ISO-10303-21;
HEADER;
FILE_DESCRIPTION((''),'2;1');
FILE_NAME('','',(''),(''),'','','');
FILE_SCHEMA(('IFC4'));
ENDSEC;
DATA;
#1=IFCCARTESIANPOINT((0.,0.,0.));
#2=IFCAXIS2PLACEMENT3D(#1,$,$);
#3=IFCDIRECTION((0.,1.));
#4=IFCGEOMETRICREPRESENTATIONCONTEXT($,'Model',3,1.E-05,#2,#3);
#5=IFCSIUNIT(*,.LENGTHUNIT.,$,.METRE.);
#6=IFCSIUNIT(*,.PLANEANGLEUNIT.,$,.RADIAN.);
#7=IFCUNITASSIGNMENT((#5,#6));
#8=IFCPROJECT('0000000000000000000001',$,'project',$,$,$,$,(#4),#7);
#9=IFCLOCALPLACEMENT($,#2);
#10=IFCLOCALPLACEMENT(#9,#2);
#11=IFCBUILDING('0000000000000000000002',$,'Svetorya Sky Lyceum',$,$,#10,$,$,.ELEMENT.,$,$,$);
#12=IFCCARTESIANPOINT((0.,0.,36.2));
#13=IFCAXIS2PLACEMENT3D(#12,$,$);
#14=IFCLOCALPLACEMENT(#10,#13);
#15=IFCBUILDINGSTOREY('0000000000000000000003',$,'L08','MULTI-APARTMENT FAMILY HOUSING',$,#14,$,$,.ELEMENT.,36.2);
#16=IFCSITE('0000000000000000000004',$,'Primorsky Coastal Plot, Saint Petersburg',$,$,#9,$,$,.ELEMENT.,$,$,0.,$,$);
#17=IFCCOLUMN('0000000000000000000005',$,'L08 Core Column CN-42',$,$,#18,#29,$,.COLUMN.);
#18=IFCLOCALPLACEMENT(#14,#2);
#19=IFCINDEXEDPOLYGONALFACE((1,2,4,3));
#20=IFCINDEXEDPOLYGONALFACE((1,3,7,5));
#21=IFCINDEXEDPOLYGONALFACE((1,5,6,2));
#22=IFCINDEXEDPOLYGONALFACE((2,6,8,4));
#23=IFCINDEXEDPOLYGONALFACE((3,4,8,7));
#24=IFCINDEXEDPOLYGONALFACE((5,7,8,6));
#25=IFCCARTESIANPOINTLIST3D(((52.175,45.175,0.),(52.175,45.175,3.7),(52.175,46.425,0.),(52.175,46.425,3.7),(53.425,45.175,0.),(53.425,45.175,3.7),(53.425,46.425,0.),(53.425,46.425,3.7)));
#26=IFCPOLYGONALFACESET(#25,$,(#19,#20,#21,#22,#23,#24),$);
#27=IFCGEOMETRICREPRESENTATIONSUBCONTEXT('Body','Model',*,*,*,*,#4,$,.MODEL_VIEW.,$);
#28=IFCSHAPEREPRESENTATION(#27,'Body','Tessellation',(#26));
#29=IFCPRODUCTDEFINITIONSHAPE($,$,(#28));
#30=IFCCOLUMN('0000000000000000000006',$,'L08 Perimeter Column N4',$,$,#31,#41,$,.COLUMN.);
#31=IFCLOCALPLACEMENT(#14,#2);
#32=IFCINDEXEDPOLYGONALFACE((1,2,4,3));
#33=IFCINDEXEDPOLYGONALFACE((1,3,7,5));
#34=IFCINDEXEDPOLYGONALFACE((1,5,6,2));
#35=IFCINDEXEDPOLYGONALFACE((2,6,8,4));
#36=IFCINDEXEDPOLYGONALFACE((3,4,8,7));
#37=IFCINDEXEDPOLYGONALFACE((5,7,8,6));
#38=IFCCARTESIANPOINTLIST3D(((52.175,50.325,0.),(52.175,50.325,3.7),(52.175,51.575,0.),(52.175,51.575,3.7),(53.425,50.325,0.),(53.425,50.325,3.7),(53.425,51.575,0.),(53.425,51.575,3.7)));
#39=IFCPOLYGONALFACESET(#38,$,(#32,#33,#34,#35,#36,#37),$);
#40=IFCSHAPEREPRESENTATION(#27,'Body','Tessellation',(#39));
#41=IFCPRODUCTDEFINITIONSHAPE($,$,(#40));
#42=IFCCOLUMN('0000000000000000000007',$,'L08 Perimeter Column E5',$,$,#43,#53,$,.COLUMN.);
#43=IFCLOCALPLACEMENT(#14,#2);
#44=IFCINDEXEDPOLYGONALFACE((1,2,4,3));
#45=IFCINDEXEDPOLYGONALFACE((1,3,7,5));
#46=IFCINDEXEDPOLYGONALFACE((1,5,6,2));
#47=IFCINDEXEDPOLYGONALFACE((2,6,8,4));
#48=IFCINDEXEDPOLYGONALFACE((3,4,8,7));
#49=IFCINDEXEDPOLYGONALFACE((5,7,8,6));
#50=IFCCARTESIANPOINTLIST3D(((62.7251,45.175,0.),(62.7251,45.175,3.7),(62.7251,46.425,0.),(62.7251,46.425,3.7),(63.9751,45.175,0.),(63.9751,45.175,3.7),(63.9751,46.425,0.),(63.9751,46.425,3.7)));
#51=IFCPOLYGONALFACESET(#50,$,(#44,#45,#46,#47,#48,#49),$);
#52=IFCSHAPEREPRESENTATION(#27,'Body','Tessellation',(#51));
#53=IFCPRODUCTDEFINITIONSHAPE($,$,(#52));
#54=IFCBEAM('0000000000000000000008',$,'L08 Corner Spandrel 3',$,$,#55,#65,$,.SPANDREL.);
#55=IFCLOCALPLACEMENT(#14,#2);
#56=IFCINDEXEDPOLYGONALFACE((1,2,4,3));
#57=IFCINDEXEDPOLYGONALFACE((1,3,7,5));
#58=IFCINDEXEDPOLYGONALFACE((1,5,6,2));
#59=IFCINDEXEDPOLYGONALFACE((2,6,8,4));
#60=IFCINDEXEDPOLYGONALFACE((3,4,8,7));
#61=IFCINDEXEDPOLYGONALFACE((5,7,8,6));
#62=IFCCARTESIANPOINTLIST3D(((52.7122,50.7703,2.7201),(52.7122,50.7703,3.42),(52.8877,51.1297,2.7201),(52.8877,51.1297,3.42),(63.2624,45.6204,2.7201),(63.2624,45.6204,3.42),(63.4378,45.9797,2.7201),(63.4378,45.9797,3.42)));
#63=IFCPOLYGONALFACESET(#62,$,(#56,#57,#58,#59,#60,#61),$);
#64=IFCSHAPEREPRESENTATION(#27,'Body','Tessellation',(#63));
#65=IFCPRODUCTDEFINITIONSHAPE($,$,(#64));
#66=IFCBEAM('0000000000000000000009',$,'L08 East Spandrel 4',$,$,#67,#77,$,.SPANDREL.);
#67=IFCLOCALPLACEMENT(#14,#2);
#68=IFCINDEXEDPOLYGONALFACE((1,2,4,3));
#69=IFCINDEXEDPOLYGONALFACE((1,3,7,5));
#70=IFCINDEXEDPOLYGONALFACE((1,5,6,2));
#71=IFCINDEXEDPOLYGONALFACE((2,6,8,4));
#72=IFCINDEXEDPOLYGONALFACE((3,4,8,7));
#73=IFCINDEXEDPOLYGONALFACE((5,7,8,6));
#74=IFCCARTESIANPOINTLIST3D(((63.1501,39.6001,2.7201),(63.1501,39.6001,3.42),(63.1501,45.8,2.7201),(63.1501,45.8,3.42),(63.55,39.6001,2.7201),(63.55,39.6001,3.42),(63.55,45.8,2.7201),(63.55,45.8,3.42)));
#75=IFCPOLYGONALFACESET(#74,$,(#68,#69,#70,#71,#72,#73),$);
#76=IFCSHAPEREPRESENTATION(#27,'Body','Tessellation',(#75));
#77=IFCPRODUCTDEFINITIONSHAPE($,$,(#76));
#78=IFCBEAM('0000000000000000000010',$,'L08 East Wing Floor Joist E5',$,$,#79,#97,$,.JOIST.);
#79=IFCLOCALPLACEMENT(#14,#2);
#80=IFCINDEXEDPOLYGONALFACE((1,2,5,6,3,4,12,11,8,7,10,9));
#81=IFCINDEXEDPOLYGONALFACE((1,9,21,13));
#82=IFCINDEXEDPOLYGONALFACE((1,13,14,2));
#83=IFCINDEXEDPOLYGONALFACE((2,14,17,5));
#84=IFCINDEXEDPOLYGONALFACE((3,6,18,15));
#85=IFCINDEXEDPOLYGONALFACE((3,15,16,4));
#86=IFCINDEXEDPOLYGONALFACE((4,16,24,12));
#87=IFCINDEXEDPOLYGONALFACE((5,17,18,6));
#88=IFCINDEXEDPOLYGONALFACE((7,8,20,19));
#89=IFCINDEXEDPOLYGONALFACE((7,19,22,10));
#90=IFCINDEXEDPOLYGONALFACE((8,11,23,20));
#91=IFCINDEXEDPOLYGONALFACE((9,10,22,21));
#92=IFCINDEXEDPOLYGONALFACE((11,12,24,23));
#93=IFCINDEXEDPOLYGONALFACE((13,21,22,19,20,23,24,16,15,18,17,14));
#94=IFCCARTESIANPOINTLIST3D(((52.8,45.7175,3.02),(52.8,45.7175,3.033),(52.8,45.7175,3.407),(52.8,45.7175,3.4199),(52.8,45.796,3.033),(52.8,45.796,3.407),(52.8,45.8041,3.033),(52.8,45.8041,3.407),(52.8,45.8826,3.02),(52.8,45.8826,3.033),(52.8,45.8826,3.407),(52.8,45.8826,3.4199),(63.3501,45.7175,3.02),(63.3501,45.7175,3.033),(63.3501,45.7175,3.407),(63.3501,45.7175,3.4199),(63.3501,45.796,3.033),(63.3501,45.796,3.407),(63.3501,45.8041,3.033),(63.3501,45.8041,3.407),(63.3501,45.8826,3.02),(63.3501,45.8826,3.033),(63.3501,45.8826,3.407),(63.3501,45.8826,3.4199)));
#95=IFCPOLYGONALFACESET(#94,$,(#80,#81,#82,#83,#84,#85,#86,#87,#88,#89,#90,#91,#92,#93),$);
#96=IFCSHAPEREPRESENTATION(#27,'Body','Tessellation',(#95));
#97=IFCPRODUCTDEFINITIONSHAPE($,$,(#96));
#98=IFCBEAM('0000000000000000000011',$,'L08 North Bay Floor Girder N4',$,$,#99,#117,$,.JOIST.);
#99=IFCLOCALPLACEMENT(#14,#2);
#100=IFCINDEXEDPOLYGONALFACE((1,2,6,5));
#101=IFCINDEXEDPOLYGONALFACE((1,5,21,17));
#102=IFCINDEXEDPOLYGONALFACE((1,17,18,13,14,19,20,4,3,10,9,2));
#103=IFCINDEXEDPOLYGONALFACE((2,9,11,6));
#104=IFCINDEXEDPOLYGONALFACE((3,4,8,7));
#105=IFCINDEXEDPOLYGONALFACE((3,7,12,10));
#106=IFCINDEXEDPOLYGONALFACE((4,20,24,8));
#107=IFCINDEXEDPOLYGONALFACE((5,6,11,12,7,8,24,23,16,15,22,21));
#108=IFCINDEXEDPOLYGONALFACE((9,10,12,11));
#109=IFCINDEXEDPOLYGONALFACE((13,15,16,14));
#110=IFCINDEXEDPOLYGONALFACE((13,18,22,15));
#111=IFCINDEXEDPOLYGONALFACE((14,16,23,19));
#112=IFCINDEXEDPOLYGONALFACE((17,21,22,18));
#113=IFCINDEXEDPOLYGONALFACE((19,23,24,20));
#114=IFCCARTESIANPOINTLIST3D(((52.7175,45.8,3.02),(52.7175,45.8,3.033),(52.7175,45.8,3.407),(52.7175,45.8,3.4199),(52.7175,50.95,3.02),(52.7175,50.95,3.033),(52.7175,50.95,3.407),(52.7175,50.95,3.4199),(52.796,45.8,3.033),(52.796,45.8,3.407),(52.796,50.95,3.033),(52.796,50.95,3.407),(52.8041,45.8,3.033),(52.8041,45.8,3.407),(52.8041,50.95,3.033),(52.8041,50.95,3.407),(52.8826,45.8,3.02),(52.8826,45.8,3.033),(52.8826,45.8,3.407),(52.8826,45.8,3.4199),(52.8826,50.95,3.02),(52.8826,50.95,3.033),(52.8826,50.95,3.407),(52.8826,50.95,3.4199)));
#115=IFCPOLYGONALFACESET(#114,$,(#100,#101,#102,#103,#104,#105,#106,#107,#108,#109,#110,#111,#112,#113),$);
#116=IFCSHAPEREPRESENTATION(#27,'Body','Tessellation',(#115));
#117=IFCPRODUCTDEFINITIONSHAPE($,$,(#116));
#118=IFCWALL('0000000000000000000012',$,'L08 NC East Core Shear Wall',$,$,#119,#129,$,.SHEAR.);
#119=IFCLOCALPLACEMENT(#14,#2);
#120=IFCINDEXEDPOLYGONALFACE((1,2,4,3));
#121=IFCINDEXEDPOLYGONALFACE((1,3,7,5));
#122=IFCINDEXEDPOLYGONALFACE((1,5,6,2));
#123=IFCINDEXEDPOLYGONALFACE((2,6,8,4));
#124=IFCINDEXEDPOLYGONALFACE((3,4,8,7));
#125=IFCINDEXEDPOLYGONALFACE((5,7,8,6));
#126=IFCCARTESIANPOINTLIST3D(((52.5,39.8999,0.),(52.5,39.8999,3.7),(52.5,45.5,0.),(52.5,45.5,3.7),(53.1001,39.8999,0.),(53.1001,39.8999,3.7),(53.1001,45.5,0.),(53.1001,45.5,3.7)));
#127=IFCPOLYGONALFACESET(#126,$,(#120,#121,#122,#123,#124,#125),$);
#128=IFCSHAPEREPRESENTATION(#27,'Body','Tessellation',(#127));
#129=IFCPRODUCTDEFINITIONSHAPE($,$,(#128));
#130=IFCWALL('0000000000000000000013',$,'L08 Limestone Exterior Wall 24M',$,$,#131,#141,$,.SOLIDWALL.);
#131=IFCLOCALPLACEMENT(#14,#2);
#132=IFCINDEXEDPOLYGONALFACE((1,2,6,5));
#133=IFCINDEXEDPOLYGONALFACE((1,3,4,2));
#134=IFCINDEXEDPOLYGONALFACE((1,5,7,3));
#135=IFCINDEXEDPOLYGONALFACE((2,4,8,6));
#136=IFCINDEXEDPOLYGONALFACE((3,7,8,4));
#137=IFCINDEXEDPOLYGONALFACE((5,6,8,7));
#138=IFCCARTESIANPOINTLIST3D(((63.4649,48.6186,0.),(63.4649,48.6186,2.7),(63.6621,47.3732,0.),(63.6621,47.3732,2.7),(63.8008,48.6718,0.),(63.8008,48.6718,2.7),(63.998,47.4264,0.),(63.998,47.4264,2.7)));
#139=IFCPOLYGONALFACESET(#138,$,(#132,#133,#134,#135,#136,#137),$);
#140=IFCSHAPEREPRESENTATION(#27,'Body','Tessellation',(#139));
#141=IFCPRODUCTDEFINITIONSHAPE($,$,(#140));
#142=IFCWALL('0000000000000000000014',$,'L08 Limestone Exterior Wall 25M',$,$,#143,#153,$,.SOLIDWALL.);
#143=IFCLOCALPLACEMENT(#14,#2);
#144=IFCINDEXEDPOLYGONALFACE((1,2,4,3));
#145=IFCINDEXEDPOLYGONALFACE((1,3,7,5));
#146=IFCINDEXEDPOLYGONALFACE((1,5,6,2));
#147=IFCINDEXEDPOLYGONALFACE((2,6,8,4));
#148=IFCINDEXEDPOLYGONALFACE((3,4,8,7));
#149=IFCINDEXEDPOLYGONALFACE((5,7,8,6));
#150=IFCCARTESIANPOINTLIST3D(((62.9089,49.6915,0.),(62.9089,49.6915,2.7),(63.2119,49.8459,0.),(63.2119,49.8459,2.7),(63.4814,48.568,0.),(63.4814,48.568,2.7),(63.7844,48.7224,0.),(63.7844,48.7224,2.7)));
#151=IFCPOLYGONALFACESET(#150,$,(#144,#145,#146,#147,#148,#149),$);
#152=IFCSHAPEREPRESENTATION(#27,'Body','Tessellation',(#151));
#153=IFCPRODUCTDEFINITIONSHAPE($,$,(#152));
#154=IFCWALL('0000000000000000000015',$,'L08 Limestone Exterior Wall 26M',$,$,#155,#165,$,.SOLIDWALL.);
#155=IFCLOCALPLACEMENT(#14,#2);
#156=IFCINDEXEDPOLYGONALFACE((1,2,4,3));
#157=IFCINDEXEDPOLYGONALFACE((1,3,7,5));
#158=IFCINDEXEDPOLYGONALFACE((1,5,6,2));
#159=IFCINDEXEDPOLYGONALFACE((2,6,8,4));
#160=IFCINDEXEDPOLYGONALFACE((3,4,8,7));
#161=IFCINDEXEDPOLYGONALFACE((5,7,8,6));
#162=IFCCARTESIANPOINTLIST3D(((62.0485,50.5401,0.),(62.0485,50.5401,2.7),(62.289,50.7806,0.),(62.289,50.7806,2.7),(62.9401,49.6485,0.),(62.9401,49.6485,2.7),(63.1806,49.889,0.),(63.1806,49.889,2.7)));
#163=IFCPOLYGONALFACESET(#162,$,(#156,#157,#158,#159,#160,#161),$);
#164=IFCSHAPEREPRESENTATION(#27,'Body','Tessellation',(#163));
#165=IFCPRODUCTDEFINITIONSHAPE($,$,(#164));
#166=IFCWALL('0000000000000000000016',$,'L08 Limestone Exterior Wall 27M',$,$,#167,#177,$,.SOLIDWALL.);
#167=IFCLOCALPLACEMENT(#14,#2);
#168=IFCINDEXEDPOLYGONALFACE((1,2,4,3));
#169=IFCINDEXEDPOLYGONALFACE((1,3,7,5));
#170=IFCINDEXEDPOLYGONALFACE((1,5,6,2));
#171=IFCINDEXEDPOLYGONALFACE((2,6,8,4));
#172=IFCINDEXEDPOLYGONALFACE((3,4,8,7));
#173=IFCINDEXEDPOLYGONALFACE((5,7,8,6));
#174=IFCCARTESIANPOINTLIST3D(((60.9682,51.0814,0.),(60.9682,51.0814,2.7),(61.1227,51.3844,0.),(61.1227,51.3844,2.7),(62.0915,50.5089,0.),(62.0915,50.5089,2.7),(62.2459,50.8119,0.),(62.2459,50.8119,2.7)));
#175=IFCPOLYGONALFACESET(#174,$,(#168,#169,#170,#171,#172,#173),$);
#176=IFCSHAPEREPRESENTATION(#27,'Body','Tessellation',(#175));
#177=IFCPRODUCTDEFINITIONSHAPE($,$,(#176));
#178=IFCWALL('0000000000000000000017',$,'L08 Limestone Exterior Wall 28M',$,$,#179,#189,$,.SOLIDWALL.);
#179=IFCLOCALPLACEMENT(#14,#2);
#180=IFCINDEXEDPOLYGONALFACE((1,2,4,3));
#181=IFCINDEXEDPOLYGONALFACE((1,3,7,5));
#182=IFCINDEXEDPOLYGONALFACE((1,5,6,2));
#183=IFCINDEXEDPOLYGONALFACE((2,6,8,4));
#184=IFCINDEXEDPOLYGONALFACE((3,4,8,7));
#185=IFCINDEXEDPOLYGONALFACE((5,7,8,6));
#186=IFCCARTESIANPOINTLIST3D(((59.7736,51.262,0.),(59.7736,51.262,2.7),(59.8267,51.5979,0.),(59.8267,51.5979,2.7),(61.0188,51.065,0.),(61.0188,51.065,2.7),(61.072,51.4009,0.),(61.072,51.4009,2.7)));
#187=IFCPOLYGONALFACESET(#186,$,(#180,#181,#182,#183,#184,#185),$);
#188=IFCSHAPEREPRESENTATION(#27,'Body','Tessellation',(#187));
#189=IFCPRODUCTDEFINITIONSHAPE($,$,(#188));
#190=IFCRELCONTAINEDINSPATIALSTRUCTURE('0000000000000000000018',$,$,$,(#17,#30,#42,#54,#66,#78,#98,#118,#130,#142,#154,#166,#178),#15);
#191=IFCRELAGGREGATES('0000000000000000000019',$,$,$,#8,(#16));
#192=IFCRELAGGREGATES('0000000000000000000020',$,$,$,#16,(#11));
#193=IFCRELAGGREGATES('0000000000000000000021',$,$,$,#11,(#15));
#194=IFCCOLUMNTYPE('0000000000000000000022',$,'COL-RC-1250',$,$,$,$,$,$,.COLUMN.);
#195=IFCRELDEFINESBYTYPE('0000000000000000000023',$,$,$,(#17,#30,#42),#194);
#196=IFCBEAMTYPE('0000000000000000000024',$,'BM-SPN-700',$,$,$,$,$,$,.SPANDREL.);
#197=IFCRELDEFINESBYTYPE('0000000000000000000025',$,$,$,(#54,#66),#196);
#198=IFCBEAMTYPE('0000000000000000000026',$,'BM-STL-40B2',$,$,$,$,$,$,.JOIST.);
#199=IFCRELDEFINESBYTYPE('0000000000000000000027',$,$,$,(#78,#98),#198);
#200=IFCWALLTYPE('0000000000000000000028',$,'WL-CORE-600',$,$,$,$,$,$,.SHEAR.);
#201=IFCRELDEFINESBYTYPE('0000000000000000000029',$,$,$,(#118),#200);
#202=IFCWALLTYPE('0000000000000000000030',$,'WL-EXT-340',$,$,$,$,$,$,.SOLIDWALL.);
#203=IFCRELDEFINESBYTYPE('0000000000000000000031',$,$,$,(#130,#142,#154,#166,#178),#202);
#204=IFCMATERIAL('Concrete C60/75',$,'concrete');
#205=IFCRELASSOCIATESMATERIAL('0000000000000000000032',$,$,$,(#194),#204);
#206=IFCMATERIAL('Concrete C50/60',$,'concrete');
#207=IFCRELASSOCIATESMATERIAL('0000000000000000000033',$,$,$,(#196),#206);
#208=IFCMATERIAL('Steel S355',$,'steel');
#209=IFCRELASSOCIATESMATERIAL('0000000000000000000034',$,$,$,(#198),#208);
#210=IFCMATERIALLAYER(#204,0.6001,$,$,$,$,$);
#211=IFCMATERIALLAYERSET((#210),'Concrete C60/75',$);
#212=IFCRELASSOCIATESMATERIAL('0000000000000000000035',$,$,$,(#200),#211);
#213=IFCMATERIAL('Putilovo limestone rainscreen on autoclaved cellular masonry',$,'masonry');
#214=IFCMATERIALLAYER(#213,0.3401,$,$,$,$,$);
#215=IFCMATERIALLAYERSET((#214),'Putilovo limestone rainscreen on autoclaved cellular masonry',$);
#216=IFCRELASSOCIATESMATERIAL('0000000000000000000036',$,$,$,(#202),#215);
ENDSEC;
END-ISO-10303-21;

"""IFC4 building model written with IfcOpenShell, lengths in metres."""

from ifc_helpers import new_model, si_unit, direction, frame, frame_2d, origin, origin_2d, place, context, subcontext, project, spatial, rectangle, i_section, extrude, material, layer, layer_set, material_profile, profile_set, type_object, element, save


model = new_model("IFC4")

# Units and contexts
model_context = context("Model", 3, precision=1e-05, world=origin(), true_north=direction((0.0, 1.0)))
body_context = subcontext(model_context, "Body", "Model", "MODEL_VIEW")
ifc_project = project(units=[si_unit("LENGTHUNIT", "METRE"), si_unit("PLANEANGLEUNIT", "RADIAN")], contexts=[model_context])

# Site, building, storey
site_placement = place(None, origin())
site = spatial("IfcSite", under=ifc_project, at=site_placement, Name="Primorsky Coastal Plot, Saint Petersburg", CompositionType="ELEMENT", RefElevation=0.0)
building_placement = place(site_placement, origin())
building = spatial("IfcBuilding", under=site, at=building_placement, Name="Svetorya Sky Lyceum", CompositionType="ELEMENT")
storey_placement = place(building_placement, frame((0.0, 0.0, 36.2)))
storey = spatial("IfcBuildingStorey", under=building, at=storey_placement, Name="L08", Description="MULTI-APARTMENT FAMILY HOUSING", CompositionType="ELEMENT", Elevation=36.2)

# Columns
ifc_material_1 = material(Name="Concrete C60/75", Category="concrete")
ifc_material_profile_1 = material_profile(ifc_material_1, rectangle(XDim=1.25, YDim=1.25, at=origin_2d()), Name="RC COL 1250x1250")
ifc_profile_set_1 = profile_set([ifc_material_profile_1], Name="Concrete C60/75")
column_type = type_object("IfcColumnType", Name="COL-RC-1250", PredefinedType="COLUMN", material=ifc_profile_set_1)
for number, where, z_axis, x_axis, name in (
    (1, (52.8, 45.8, 0.0), (0.0, 0.0, 1.0), (1.0, 0.0, 0.0), "L08 Core Column CN-42"),
    (2, (52.8, 50.95, 0.0), (0.0, 0.0, 1.0), (1.0, 0.0, 0.0), "L08 Perimeter Column N4"),
    (3, (63.3501, 45.8, 0.0), (0.0, 0.0, 1.0), (1.0, 0.0, 0.0), "L08 Perimeter Column E5"),
):
    element("IfcColumn", number, at=place(storey_placement, frame(where, z_axis=z_axis, x_axis=x_axis)), inside=storey, type_object=column_type, Name=name, PredefinedType="COLUMN", context=body_context, shape_type="SweptSolid", body=[
        extrude(rectangle(XDim=1.25, YDim=1.25, at=origin_2d()), origin(), (0.0, 0.0, 1.0), 3.7),
    ])

# Beams
ifc_material_2 = material(Name="Concrete C50/60", Category="concrete")
ifc_material_profile_2 = material_profile(ifc_material_2, rectangle(XDim=0.3999, YDim=0.7, at=origin_2d()), Name="RC SPANDREL 400x700")
ifc_profile_set_2 = profile_set([ifc_material_profile_2], Name="Concrete C50/60")
beam_type_1 = type_object("IfcBeamType", Name="BM-SPN-700", PredefinedType="SPANDREL", material=ifc_profile_set_2)
beam_1_placement = place(storey_placement, frame((63.3501, 45.8, 3.0701), z_axis=(-0.89865, 0.438667, 0.0), x_axis=(-0.438667, -0.89865, 0.0)))
element("IfcBeam", 4, at=beam_1_placement, inside=storey, type_object=beam_type_1, Name="L08 Corner Spandrel 3", PredefinedType="SPANDREL", context=body_context, shape_type="SweptSolid", body=[
    extrude(rectangle(XDim=0.3999, YDim=0.7, at=origin_2d()), origin(), (0.0, 0.0, 1.0), 11.74),
])
beam_2_placement = place(storey_placement, frame((63.3501, 39.6001, 3.0701), z_axis=(0.0, 1.0, 0.0), x_axis=(-1.0, 0.0, 0.0)))
element("IfcBeam", 5, at=beam_2_placement, inside=storey, type_object=beam_type_1, Name="L08 East Spandrel 4", PredefinedType="SPANDREL", context=body_context, shape_type="SweptSolid", body=[
    extrude(rectangle(XDim=0.3999, YDim=0.7, at=origin_2d()), origin(), (0.0, 0.0, 1.0), 6.2),
])
ifc_material_3 = material(Name="Steel S355", Category="steel")
ifc_material_profile_3 = material_profile(ifc_material_3, i_section(OverallWidth=0.165, OverallDepth=0.3999, WebThickness=0.0081, FlangeThickness=0.0129, at=origin_2d()), Name="GOST 40B2")
ifc_profile_set_3 = profile_set([ifc_material_profile_3], Name="Steel S355")
beam_type_2 = type_object("IfcBeamType", Name="BM-STL-40B2", PredefinedType="JOIST", material=ifc_profile_set_3)
beam_3_placement = place(storey_placement, frame((52.8, 45.8, 3.22), z_axis=(1.0, 0.0, 0.0), x_axis=(0.0, 1.0, 0.0)))
element("IfcBeam", 6, at=beam_3_placement, inside=storey, type_object=beam_type_2, Name="L08 East Wing Floor Joist E5", PredefinedType="JOIST", context=body_context, shape_type="SweptSolid", body=[
    extrude(i_section(OverallWidth=0.165, OverallDepth=0.3999, WebThickness=0.0081, FlangeThickness=0.0129, at=origin_2d()), origin(), (0.0, 0.0, 1.0), 10.55),
])
beam_4_placement = place(storey_placement, frame((52.8, 45.8, 3.22), z_axis=(0.0, 1.0, 0.0), x_axis=(-1.0, 0.0, 0.0)))
element("IfcBeam", 7, at=beam_4_placement, inside=storey, type_object=beam_type_2, Name="L08 North Bay Floor Girder N4", PredefinedType="JOIST", context=body_context, shape_type="SweptSolid", body=[
    extrude(i_section(OverallWidth=0.165, OverallDepth=0.3999, WebThickness=0.0081, FlangeThickness=0.0129, at=origin_2d()), origin(), (0.0, 0.0, 1.0), 5.1499),
])

# Walls
ifc_layer_1 = layer(ifc_material_1, 0.6001)
ifc_layer_set_1 = layer_set([ifc_layer_1], Name="Concrete C60/75")
wall_type_1 = type_object("IfcWallType", Name="WL-CORE-600", PredefinedType="SHEAR", material=ifc_layer_set_1)
wall_1_placement = place(storey_placement, frame((52.8, 39.8999, 0.0), z_axis=(0.0, 0.0, 1.0), x_axis=(0.0, 1.0, 0.0)))
element("IfcWall", 8, at=wall_1_placement, inside=storey, type_object=wall_type_1, Name="L08 NC East Core Shear Wall", PredefinedType="SHEAR", context=body_context, shape_type="SweptSolid", body=[
    extrude(rectangle(XDim=5.6001, YDim=0.6001, at=frame_2d((2.8, 0.0))), origin(), (0.0, 0.0, 1.0), 3.7),
])
ifc_material_4 = material(Name="Putilovo limestone rainscreen on autoclaved cellular masonry", Category="masonry")
ifc_layer_2 = layer(ifc_material_4, 0.3401)
ifc_layer_set_2 = layer_set([ifc_layer_2], Name="Putilovo limestone rainscreen on autoclaved cellular masonry")
wall_type_2 = type_object("IfcWallType", Name="WL-EXT-340", PredefinedType="SOLIDWALL", material=ifc_layer_set_2)
for number, where, z_axis, x_axis, name in (
    (9, (63.8301, 47.3999, 0.0), (0.0, 0.0, 1.0), (-0.15645, 0.987686, 0.0), "L08 Limestone Exterior Wall 24M"),
    (10, (63.6328, 48.6453, 0.0), (0.0, 0.0, 1.0), (-0.454016, 0.890994, 0.0), "L08 Limestone Exterior Wall 25M"),
    (11, (63.0603, 49.7688, 0.0), (0.0, 0.0, 1.0), (-0.707107, 0.707107, 0.0), "L08 Limestone Exterior Wall 26M"),
):
    element("IfcWall", number, at=place(storey_placement, frame(where, z_axis=z_axis, x_axis=x_axis)), inside=storey, type_object=wall_type_2, Name=name, PredefinedType="SOLIDWALL", context=body_context, shape_type="SweptSolid", body=[
        extrude(rectangle(XDim=1.261, YDim=0.3401, at=frame_2d((0.6304, 0.0))), origin(), (0.0, 0.0, 1.0), 2.7),
    ])
for number, where, z_axis, x_axis, name in (
    (12, (62.1687, 50.6604, 0.0), (0.0, 0.0, 1.0), (-0.890954, 0.454094, 0.0), "L08 Limestone Exterior Wall 27M"),
    (13, (61.0454, 51.2329, 0.0), (0.0, 0.0, 1.0), (-0.987716, 0.156261, 0.0), "L08 Limestone Exterior Wall 28M"),
):
    element("IfcWall", number, at=place(storey_placement, frame(where, z_axis=z_axis, x_axis=x_axis)), inside=storey, type_object=wall_type_2, Name=name, PredefinedType="SOLIDWALL", context=body_context, shape_type="SweptSolid", body=[
        extrude(rectangle(XDim=1.2607, YDim=0.3401, at=frame_2d((0.6304, 0.0))), origin(), (0.0, 0.0, 1.0), 2.7),
    ])

save(model, "model.ifc")
